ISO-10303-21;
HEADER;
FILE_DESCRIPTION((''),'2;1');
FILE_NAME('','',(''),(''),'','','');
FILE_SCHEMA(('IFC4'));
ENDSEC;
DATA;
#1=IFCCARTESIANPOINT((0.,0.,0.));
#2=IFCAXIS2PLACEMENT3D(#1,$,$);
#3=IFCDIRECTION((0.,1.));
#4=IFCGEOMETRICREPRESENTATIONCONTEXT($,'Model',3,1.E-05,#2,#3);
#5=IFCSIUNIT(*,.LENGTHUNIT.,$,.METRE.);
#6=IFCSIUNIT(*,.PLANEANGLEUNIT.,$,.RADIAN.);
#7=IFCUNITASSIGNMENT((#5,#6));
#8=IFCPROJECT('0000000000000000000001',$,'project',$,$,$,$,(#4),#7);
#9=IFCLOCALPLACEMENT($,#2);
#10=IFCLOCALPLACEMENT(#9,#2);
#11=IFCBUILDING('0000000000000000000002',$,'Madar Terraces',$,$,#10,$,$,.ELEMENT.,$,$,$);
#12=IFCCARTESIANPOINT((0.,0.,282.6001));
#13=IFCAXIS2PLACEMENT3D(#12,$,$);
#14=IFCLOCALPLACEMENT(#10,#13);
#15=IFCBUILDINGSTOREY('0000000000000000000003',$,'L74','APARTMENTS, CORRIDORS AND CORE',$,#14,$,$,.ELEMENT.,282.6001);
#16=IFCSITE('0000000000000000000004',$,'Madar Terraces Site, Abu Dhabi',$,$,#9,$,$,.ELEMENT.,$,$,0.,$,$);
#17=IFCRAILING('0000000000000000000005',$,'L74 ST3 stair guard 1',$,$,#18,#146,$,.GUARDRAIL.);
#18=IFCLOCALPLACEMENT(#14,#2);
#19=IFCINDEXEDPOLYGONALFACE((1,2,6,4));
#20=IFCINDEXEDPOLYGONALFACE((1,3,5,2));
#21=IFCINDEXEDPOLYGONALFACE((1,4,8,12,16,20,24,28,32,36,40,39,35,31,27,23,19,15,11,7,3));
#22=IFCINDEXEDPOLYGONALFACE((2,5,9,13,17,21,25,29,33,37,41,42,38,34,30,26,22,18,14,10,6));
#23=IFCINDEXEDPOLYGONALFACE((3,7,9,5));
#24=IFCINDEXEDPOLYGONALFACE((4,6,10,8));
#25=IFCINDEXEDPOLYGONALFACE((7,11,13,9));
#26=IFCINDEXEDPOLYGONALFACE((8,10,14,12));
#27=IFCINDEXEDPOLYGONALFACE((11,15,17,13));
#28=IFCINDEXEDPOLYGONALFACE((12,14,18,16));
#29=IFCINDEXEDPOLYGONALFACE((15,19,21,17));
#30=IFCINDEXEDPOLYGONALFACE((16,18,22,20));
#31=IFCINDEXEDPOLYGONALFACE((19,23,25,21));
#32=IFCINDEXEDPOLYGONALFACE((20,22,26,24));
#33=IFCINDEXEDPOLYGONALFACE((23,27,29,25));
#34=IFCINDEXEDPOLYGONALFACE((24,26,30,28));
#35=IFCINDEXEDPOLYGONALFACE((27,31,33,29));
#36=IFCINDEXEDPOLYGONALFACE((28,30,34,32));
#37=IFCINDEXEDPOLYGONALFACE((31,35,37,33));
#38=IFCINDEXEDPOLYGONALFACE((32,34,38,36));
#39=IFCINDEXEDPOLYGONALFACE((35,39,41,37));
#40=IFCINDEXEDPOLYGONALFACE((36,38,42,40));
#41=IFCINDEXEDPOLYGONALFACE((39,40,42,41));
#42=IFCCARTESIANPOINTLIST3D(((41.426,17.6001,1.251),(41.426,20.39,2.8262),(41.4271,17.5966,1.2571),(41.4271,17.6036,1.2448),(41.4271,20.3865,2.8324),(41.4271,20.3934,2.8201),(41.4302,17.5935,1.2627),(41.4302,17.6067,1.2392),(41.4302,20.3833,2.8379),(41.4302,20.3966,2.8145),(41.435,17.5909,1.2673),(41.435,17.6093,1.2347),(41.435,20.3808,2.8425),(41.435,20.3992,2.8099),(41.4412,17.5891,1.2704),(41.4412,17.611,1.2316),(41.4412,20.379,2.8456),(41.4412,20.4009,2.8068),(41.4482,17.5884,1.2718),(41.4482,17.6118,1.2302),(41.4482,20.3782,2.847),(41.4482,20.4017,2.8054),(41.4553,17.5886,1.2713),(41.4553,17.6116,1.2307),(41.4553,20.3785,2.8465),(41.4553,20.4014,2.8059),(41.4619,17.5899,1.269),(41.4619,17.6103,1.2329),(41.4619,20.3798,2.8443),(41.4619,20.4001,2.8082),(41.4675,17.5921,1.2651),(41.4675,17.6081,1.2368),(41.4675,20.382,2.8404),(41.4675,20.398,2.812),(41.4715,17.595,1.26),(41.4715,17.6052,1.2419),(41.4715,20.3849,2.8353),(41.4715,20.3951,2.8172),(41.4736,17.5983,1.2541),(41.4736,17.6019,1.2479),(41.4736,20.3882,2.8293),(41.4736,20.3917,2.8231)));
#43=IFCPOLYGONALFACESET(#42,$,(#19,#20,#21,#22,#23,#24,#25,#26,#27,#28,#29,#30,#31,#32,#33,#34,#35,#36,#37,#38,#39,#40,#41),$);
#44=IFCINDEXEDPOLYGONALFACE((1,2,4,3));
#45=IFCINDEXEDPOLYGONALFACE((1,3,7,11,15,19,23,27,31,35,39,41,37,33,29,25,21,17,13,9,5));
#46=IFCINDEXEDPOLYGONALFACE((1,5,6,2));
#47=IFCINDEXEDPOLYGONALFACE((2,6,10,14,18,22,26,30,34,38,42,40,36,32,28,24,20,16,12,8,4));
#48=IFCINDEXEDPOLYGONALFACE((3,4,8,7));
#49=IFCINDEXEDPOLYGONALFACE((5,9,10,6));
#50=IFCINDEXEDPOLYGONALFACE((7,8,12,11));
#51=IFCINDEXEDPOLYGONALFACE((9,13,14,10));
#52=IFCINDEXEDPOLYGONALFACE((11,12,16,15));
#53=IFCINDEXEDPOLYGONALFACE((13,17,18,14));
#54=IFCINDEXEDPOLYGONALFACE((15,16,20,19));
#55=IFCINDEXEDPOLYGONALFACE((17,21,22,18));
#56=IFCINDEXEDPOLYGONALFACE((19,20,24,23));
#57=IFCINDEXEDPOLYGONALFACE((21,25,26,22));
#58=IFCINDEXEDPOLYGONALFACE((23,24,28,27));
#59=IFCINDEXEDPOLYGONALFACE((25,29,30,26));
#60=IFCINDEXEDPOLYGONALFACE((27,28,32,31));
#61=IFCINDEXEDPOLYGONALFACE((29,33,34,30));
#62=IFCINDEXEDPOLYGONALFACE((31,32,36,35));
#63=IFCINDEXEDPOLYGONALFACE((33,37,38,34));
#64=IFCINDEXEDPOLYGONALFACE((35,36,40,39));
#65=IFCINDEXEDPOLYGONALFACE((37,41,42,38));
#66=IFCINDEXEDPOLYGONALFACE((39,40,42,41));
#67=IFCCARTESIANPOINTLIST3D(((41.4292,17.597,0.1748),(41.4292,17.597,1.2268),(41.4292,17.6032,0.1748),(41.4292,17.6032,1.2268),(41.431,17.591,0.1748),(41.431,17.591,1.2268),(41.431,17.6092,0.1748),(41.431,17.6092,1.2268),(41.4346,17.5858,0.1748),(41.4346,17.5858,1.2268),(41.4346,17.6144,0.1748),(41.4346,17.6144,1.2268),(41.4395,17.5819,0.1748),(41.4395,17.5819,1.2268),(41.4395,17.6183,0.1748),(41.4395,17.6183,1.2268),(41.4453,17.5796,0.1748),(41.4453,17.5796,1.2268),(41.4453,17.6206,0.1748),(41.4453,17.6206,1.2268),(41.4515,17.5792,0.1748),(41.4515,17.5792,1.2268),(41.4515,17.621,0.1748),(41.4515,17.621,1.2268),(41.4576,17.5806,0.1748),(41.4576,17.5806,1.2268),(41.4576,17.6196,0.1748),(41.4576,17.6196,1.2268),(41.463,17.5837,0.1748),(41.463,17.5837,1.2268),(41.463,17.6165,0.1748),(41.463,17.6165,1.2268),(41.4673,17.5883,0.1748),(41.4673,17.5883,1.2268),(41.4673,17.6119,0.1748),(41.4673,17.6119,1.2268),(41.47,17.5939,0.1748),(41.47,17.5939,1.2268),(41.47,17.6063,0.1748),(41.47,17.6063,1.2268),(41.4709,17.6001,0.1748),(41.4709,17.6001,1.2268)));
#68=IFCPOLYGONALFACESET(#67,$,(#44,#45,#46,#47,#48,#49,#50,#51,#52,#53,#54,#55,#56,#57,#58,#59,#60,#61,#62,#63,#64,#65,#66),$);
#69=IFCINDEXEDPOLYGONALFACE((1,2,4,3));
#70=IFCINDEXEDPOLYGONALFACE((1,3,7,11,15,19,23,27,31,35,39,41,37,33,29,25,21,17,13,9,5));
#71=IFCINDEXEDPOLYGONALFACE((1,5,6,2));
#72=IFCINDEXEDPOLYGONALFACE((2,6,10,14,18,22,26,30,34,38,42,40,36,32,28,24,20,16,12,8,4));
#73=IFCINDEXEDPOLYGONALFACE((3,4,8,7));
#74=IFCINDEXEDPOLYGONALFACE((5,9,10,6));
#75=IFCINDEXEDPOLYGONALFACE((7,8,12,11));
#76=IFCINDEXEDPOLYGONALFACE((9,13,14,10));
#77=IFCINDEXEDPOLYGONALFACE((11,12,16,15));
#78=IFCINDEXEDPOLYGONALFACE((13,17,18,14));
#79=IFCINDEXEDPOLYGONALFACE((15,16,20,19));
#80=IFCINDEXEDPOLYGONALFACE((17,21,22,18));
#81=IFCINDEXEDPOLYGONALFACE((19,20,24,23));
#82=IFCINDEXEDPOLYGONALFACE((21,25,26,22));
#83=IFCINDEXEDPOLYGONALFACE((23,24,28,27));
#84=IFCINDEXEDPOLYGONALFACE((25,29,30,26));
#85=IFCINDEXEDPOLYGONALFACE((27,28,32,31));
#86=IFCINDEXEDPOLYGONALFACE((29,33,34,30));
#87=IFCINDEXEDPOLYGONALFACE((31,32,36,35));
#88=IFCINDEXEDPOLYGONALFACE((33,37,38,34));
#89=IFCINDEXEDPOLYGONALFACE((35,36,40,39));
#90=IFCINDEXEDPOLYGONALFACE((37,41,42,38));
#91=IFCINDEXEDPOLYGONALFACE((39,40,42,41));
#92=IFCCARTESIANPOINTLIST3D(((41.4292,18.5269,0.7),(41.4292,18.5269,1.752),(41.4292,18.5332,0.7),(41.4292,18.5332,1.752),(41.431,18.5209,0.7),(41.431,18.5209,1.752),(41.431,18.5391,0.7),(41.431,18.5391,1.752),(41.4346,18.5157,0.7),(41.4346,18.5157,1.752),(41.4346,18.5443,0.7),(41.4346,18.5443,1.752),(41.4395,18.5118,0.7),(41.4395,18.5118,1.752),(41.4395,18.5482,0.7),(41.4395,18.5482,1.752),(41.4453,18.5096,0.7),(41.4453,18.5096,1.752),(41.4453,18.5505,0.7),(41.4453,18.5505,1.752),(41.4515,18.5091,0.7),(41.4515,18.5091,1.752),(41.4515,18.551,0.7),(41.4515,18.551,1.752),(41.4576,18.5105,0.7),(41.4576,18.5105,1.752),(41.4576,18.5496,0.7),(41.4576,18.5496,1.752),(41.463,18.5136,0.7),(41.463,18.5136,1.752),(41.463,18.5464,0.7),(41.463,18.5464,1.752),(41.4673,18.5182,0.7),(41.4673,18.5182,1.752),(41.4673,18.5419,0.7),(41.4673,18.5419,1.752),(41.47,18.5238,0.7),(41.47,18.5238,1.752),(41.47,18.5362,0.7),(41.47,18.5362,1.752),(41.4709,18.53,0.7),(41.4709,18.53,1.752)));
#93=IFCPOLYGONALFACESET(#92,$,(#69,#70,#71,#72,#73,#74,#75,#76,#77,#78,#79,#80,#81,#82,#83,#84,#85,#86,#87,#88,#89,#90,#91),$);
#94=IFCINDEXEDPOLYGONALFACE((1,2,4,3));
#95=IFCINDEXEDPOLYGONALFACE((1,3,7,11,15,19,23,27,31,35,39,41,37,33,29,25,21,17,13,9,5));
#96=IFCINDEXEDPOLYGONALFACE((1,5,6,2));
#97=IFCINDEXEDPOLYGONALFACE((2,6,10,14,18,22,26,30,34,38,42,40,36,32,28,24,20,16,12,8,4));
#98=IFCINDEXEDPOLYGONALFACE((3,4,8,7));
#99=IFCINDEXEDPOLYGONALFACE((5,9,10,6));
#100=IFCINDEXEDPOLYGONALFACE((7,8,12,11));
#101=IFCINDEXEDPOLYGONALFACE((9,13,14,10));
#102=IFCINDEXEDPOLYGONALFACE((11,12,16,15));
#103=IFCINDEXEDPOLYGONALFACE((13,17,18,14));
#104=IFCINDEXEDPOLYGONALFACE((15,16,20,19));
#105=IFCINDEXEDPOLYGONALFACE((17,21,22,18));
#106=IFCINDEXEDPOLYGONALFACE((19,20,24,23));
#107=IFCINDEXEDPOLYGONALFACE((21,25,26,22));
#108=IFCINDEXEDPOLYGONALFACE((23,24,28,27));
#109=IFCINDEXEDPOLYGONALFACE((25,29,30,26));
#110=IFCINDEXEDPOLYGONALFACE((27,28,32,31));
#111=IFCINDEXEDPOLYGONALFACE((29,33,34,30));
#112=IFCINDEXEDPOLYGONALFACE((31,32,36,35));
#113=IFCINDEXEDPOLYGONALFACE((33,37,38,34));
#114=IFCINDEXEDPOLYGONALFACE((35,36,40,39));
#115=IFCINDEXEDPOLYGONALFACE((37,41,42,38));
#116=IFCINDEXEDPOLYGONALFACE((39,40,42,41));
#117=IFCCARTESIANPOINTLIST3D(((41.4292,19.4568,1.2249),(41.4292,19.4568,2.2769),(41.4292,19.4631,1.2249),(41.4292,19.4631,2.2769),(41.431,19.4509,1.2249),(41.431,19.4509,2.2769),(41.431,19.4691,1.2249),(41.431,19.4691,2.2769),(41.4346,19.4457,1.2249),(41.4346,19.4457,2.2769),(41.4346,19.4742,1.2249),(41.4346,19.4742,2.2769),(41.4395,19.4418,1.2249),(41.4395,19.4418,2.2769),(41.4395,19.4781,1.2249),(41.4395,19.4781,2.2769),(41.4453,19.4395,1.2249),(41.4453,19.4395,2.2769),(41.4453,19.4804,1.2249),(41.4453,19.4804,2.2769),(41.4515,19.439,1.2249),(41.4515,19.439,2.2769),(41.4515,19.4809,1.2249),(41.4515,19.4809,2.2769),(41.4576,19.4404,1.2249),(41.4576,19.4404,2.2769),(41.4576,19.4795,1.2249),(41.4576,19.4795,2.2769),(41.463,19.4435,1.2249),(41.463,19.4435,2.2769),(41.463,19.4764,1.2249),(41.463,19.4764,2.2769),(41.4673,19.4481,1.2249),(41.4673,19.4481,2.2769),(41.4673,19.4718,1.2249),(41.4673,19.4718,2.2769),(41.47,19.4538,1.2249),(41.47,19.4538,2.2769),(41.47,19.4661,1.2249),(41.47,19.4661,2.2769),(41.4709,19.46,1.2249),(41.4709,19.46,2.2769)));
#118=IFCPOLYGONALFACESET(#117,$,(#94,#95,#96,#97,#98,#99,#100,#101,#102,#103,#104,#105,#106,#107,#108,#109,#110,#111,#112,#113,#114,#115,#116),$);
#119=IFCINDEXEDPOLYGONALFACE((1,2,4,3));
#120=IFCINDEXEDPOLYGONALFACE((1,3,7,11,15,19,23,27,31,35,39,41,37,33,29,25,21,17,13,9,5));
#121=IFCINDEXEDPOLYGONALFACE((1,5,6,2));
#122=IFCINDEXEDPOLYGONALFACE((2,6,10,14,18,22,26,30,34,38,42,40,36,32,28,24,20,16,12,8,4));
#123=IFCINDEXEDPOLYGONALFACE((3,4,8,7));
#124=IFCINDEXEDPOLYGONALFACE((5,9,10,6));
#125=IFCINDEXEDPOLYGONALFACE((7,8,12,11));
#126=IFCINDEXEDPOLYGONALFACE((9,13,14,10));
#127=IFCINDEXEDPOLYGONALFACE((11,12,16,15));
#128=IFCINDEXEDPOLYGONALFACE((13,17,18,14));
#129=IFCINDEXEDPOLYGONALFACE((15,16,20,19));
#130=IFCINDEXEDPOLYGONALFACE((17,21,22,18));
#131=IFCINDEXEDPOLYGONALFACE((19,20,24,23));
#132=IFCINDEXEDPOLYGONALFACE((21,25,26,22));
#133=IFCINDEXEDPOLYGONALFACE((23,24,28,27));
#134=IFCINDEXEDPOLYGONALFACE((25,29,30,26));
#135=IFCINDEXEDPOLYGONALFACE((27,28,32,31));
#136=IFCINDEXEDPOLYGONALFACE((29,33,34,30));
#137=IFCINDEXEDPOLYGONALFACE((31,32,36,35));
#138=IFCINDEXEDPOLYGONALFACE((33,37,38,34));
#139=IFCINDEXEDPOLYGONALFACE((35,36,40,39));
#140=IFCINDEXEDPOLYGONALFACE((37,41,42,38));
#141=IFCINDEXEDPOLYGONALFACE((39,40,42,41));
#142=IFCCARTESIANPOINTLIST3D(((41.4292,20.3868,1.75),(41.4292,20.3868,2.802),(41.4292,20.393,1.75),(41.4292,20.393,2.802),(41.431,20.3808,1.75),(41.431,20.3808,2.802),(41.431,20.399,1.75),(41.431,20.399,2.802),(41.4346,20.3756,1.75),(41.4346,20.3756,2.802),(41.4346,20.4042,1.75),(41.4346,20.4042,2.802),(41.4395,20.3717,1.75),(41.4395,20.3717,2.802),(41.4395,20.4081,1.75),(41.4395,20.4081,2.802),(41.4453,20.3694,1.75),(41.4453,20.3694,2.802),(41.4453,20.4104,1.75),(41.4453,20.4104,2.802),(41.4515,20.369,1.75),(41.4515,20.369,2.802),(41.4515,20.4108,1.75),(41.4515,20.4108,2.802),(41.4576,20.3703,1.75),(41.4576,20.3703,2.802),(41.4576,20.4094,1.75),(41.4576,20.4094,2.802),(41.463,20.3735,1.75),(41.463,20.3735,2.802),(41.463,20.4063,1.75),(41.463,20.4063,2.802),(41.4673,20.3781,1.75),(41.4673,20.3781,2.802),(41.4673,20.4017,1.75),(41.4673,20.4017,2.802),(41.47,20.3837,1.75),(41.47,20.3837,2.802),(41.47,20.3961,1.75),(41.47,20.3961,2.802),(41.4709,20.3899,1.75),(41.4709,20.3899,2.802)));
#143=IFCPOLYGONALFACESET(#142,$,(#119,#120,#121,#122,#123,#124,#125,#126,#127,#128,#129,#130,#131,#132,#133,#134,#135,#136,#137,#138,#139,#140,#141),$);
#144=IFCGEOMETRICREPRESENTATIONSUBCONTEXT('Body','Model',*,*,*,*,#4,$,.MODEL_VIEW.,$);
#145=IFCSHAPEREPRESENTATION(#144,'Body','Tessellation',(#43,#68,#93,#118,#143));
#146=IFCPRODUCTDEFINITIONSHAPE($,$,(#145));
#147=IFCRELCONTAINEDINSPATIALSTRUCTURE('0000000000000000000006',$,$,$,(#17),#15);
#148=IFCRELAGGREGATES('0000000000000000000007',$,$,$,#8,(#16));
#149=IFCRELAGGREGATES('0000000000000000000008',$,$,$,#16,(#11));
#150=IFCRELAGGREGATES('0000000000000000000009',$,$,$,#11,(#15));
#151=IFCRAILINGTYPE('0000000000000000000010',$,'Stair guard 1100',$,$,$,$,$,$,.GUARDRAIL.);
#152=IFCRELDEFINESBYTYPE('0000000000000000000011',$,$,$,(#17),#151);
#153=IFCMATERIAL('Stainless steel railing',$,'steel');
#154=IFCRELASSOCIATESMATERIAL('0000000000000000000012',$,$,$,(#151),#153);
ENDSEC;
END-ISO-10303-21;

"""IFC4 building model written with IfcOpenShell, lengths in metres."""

from ifc_helpers import new_model, si_unit, direction, frame, origin, origin_2d, place, context, subcontext, project, spatial, circle, extrude, material, type_object, element, save


model = new_model("IFC4")

# Units and contexts
model_context = context("Model", 3, precision=1e-05, world=origin(), true_north=direction((0.0, 1.0)))
body_context = subcontext(model_context, "Body", "Model", "MODEL_VIEW")
ifc_project = project(units=[si_unit("LENGTHUNIT", "METRE"), si_unit("PLANEANGLEUNIT", "RADIAN")], contexts=[model_context])

# Site, building, storey
site_placement = place(None, origin())
site = spatial("IfcSite", under=ifc_project, at=site_placement, Name="Madar Terraces Site, Abu Dhabi", CompositionType="ELEMENT", RefElevation=0.0)
building_placement = place(site_placement, origin())
building = spatial("IfcBuilding", under=site, at=building_placement, Name="Madar Terraces", CompositionType="ELEMENT")
storey_placement = place(building_placement, frame((0.0, 0.0, 282.6001)))
storey = spatial("IfcBuildingStorey", under=building, at=storey_placement, Name="L74", Description="APARTMENTS, CORRIDORS AND CORE", CompositionType="ELEMENT", Elevation=282.6001)

# Railing
ifc_material_1 = material(Name="Stainless steel railing", Category="steel")
railing_type_1 = type_object("IfcRailingType", Name="Stair guard 1100", PredefinedType="GUARDRAIL", material=ifc_material_1)
railing_1_placement = place(storey_placement, frame((41.45, 17.6001, 0.1748)))
element("IfcRailing", 1, at=railing_1_placement, inside=storey, type_object=railing_type_1, Name="L74 ST3 stair guard 1", PredefinedType="GUARDRAIL", context=body_context, shape_type="SweptSolid", body=[
    extrude(circle(Radius=0.0239, at=origin_2d()), frame((0.0, 0.0, 1.0762), z_axis=(0.0, 0.870783, 0.491668), x_axis=(-1.0, 0.0, 0.0)), (0.0, 0.0, 1.0), 3.2039),
    extrude(circle(Radius=0.021, at=origin_2d()), origin(), (0.0, 0.0, 1.0), 1.052),
    extrude(circle(Radius=0.021, at=origin_2d()), frame((0.0, 0.9299, 0.5251)), (0.0, 0.0, 1.0), 1.052),
    extrude(circle(Radius=0.021, at=origin_2d()), frame((0.0, 1.8599, 1.05)), (0.0, 0.0, 1.0), 1.052),
    extrude(circle(Radius=0.021, at=origin_2d()), frame((0.0, 2.7898, 1.5752)), (0.0, 0.0, 1.0), 1.052),
])

save(model, "model.ifc")
